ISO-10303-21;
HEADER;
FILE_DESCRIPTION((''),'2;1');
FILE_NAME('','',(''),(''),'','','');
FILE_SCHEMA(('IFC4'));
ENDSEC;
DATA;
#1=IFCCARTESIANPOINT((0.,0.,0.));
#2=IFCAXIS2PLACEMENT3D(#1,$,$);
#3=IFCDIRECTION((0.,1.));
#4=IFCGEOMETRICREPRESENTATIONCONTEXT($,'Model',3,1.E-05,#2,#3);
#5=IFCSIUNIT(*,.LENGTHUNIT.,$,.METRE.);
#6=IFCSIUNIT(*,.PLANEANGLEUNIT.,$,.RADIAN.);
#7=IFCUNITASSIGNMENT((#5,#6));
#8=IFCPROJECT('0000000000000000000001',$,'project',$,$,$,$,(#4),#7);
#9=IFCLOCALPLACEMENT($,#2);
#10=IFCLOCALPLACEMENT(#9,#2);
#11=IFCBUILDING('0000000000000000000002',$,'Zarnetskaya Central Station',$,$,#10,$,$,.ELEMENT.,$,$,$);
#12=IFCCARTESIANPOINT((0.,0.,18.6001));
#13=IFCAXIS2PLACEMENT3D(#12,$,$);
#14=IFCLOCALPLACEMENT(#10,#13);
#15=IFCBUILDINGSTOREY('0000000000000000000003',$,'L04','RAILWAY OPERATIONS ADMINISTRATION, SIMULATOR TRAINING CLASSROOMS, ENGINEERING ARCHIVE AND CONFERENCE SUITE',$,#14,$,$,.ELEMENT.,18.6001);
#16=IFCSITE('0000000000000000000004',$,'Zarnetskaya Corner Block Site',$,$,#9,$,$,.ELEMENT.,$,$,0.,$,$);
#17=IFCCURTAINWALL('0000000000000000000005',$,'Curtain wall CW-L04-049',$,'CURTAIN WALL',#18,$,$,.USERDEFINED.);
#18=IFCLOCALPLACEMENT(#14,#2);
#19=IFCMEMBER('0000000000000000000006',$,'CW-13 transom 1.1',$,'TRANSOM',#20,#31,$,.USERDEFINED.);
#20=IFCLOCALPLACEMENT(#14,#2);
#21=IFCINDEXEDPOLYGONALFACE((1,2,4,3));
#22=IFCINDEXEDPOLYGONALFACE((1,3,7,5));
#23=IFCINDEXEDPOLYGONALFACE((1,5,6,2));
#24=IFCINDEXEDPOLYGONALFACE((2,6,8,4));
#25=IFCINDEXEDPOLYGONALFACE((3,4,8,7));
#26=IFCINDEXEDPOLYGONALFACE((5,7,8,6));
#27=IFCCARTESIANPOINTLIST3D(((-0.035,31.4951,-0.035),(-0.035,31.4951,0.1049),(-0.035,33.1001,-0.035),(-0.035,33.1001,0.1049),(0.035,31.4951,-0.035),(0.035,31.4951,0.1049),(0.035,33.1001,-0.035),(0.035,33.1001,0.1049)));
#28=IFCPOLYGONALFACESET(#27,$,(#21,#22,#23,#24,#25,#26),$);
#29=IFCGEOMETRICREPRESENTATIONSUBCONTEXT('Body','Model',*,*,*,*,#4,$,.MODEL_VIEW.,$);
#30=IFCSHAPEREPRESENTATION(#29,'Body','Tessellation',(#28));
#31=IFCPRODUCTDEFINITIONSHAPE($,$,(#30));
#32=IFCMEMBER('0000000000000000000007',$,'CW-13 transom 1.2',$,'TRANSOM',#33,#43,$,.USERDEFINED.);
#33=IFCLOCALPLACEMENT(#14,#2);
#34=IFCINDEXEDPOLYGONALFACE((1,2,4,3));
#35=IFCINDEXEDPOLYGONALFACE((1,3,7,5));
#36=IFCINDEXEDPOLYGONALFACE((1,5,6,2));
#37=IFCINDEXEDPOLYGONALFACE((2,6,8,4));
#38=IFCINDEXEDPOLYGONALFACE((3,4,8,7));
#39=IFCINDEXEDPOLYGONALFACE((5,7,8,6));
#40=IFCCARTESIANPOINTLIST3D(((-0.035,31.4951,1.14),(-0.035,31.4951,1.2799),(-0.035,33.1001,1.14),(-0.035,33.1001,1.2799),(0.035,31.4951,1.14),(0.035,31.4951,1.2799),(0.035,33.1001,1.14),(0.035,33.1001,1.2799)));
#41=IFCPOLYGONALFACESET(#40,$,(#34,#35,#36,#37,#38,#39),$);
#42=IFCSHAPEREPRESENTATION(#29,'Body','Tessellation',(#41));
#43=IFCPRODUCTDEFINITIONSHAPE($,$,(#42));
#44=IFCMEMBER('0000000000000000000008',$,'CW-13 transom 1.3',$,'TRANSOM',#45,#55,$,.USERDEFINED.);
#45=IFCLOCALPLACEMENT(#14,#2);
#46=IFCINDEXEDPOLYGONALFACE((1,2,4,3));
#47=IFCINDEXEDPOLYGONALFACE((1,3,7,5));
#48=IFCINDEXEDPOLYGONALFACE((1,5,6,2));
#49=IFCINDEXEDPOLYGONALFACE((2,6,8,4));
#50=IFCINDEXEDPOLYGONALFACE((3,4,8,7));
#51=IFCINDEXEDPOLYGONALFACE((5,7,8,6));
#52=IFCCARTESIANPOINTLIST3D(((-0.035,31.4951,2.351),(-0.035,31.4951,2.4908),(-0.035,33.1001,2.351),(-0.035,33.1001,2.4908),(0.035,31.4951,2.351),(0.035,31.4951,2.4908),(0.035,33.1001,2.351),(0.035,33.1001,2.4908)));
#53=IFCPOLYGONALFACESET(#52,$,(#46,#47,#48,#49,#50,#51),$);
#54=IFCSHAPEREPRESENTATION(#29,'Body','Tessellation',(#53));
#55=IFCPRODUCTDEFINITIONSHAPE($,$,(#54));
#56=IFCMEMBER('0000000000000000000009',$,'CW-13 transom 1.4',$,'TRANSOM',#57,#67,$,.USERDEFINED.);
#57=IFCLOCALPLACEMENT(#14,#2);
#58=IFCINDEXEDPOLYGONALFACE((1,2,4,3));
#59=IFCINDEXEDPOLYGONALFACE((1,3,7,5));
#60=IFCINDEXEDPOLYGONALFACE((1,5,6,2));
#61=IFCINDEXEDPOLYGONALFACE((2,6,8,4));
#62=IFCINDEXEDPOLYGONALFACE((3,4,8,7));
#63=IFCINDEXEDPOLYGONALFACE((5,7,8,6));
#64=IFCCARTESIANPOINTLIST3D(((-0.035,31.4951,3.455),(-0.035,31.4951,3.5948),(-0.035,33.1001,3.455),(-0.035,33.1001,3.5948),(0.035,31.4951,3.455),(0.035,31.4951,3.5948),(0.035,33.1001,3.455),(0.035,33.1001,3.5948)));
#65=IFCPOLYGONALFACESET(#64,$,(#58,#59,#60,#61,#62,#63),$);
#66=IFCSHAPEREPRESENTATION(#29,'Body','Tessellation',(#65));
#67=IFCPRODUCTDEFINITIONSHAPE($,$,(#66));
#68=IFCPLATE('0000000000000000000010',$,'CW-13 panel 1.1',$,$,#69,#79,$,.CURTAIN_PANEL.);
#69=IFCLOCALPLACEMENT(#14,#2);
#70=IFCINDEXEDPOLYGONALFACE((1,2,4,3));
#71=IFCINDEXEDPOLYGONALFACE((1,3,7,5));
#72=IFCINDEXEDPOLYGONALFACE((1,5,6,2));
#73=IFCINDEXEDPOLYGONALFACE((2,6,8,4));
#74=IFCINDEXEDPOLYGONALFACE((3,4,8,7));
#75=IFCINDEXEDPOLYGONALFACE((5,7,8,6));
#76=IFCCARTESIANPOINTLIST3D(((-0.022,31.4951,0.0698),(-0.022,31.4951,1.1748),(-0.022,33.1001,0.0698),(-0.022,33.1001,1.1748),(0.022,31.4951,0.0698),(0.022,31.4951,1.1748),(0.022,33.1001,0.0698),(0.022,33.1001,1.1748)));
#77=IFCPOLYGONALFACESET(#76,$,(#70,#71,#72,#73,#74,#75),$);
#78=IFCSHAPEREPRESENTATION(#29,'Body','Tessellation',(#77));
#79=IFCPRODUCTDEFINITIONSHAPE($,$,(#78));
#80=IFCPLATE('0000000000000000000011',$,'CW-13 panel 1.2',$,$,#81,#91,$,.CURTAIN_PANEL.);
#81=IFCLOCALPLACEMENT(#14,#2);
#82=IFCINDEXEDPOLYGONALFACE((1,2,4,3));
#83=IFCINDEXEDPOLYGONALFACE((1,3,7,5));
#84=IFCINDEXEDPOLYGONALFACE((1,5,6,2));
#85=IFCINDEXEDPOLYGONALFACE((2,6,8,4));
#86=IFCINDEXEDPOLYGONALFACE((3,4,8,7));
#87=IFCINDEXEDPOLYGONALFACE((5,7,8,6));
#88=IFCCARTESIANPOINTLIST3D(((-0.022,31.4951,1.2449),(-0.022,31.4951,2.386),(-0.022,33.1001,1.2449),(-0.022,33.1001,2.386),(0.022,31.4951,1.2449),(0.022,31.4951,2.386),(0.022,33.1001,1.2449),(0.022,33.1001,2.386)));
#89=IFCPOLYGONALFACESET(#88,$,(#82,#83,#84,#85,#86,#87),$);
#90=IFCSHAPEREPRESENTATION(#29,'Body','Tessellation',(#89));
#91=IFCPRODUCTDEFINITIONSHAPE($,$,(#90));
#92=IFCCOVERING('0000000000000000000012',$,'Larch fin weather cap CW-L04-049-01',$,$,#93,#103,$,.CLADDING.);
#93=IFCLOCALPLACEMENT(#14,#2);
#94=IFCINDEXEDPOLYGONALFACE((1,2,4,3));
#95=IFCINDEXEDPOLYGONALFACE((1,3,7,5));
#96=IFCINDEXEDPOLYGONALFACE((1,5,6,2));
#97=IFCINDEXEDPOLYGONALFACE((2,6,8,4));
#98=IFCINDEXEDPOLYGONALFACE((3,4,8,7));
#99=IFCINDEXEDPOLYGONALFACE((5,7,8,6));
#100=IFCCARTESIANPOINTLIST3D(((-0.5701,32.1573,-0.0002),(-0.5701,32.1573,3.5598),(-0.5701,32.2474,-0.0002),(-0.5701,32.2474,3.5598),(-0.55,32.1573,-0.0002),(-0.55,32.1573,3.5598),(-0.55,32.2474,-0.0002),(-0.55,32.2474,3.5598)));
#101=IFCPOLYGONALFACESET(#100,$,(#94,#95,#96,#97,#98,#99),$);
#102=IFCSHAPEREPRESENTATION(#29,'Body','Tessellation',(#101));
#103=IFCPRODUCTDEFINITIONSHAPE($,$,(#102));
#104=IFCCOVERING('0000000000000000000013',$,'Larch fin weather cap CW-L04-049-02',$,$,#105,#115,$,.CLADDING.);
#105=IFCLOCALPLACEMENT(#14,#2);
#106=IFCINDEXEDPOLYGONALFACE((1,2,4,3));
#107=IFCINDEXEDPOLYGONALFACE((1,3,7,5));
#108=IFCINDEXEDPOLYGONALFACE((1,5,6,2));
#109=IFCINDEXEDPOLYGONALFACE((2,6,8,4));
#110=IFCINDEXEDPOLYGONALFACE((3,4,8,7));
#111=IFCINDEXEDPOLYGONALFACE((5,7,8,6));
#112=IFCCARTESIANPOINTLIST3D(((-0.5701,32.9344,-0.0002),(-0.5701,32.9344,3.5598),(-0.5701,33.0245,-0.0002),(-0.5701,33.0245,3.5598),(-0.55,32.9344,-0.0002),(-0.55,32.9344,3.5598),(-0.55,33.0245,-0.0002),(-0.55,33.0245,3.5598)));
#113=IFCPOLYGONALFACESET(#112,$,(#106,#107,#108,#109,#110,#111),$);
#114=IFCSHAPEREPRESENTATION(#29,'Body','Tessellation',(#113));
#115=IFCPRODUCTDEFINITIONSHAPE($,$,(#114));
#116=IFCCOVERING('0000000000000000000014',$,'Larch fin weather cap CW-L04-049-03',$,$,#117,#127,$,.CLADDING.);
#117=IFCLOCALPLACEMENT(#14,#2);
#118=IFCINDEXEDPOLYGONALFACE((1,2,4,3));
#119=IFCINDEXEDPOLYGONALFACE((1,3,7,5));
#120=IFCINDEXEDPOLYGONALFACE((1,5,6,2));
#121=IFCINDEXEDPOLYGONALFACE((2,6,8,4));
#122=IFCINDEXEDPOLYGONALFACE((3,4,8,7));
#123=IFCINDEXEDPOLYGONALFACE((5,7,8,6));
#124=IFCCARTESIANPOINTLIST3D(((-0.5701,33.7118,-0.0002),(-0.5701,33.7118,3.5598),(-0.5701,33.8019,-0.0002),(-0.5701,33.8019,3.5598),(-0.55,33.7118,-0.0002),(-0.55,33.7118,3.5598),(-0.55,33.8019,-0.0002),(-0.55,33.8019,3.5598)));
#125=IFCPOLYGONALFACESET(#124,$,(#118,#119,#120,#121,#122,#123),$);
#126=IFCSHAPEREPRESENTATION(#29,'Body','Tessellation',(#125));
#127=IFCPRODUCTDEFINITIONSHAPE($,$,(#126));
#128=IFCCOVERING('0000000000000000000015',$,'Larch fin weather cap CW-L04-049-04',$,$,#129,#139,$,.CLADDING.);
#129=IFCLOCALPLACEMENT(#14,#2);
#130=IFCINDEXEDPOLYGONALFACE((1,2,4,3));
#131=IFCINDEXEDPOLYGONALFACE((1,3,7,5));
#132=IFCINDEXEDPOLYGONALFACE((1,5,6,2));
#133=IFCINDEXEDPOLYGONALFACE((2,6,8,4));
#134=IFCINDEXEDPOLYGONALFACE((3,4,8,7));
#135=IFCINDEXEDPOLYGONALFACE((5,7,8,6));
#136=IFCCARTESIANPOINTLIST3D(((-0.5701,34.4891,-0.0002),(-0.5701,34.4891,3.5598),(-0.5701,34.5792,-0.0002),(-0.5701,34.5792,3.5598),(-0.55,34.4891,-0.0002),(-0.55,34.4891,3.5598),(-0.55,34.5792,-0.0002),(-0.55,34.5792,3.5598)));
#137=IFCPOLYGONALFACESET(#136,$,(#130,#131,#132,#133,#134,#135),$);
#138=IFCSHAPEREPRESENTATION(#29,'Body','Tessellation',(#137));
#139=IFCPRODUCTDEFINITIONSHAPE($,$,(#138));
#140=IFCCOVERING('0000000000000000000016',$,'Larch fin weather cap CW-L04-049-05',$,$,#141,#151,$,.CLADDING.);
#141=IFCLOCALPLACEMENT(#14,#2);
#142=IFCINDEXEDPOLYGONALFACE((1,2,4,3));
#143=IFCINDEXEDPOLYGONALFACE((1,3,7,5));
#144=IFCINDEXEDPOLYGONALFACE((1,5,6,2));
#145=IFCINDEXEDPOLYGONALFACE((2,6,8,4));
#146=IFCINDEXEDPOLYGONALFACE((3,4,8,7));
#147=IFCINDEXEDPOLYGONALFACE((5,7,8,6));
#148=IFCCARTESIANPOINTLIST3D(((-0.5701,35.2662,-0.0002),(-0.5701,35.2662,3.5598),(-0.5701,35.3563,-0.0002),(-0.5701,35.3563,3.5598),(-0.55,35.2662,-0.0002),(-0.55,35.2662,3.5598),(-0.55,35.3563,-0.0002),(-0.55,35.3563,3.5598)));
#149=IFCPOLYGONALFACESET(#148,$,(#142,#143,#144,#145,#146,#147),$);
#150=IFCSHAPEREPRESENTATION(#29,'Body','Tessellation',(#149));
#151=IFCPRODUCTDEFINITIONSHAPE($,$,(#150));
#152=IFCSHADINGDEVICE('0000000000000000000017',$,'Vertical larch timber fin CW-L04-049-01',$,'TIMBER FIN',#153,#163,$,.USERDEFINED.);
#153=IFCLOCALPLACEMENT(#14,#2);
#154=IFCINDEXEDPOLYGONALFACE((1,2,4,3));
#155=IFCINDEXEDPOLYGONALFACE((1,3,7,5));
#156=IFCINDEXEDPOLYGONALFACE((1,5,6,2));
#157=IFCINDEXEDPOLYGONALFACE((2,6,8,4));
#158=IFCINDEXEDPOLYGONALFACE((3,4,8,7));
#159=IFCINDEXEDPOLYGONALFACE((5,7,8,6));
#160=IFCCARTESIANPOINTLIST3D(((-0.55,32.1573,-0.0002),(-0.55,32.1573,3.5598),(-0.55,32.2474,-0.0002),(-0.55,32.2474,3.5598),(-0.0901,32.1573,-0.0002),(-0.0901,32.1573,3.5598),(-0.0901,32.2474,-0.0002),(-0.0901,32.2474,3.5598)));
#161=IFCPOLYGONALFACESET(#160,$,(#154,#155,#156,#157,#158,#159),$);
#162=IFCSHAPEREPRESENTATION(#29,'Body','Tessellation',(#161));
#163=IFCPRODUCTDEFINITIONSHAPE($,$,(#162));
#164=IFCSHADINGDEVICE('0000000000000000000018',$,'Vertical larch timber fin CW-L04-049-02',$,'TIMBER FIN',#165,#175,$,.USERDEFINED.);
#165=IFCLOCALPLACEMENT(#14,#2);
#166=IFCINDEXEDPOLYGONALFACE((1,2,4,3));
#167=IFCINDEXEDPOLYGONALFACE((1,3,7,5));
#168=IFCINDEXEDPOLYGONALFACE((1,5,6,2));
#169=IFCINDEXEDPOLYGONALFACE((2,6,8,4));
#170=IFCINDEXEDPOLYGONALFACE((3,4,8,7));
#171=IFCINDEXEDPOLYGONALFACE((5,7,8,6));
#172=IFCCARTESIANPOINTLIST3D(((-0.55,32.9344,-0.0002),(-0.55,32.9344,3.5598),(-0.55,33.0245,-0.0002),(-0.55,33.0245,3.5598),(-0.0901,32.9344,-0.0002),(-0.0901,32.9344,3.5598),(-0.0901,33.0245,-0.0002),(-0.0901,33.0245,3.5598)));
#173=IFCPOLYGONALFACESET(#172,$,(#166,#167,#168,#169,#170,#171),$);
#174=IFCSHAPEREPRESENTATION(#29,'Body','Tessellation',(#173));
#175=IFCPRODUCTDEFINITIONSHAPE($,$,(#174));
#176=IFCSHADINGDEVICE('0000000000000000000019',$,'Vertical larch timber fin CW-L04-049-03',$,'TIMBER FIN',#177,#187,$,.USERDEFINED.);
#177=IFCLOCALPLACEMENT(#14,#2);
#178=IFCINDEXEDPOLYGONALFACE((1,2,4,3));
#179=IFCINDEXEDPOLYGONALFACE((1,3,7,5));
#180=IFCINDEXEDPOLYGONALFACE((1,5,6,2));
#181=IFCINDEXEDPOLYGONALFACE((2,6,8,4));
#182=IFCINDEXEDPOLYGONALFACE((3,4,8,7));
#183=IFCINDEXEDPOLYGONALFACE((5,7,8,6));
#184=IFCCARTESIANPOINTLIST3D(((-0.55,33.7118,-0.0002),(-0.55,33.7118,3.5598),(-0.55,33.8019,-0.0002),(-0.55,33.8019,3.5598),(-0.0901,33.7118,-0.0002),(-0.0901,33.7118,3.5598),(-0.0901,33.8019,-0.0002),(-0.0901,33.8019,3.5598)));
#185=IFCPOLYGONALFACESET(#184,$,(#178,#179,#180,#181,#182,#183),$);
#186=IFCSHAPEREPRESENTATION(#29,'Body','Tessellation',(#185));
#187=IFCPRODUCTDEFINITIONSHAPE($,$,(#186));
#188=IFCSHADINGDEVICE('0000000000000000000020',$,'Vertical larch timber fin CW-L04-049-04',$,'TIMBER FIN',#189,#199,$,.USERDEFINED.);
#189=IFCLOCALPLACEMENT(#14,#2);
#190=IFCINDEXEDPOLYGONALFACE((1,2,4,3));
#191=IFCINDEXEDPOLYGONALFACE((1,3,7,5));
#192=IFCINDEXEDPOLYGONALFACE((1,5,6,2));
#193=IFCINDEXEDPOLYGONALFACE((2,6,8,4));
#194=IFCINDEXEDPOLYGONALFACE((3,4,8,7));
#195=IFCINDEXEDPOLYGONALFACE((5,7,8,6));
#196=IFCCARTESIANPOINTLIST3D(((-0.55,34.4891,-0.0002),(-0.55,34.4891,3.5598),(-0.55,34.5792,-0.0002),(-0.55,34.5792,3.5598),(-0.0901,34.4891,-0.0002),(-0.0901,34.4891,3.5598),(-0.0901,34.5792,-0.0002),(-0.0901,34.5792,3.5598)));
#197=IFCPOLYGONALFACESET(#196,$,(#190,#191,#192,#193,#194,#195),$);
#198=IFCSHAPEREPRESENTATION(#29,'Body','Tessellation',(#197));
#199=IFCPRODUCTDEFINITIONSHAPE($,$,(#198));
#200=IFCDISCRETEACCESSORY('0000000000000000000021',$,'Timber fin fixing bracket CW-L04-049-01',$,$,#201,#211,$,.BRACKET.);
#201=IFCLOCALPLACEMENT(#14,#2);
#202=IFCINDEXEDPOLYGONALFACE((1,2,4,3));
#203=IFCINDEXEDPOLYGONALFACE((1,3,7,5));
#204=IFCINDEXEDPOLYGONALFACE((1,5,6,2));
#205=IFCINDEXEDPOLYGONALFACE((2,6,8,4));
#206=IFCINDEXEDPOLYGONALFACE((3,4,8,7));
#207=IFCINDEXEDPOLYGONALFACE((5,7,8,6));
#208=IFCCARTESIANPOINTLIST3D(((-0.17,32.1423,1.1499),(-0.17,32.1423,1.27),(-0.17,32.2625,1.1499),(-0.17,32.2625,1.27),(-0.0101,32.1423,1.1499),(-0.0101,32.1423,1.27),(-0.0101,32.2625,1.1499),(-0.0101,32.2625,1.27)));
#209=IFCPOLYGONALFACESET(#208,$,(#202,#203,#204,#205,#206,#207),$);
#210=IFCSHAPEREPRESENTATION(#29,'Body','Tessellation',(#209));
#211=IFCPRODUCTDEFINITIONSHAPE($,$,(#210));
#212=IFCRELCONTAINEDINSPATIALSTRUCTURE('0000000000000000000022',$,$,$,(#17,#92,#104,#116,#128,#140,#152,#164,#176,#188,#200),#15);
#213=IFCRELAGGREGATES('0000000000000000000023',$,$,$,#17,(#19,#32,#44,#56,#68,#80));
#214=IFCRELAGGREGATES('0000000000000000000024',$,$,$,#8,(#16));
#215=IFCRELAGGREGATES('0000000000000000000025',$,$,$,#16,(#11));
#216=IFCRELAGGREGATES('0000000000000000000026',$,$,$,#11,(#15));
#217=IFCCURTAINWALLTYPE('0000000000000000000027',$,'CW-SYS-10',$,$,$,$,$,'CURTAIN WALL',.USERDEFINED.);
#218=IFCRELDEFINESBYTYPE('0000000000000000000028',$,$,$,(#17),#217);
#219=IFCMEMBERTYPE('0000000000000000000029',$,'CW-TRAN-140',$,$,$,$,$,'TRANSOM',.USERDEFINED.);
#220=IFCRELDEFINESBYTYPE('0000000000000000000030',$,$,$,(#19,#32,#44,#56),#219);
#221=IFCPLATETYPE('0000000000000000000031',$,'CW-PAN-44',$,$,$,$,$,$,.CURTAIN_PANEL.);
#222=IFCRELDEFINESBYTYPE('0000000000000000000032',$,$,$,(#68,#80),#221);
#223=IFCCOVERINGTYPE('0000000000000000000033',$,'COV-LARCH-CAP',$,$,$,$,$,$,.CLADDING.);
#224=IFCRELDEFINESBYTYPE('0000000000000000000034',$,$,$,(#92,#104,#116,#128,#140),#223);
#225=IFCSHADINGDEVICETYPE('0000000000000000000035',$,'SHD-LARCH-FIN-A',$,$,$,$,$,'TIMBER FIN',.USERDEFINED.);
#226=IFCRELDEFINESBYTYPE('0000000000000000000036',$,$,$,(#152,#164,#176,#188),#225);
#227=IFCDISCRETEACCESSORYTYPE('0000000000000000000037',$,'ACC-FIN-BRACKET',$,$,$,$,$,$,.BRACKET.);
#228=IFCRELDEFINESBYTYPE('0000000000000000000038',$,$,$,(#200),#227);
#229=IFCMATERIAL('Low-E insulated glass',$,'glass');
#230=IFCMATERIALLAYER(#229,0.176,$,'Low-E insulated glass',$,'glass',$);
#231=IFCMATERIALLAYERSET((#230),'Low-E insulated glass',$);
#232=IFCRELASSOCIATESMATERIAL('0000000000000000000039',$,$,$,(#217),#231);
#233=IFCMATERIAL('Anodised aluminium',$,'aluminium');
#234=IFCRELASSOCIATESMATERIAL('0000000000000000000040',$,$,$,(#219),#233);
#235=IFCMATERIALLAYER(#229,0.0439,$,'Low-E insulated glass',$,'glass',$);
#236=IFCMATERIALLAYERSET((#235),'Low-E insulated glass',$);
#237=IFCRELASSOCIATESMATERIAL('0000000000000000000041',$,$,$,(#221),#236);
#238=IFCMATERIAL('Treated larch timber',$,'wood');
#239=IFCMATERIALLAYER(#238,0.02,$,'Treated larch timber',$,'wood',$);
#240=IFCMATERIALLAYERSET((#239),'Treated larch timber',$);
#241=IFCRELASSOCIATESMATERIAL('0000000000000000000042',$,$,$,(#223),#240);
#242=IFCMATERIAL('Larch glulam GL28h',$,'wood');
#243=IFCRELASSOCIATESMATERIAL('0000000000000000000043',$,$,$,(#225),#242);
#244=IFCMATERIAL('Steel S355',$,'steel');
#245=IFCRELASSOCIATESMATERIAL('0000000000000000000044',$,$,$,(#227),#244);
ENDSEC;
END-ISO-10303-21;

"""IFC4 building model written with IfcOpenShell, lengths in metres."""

from ifc_helpers import new_model, si_unit, direction, frame, origin, origin_2d, place, context, subcontext, project, spatial, rectangle, extrude, material, layer, layer_set, material_profile, profile_set, type_object, element, aggregate, save


model = new_model("IFC4")

# Units and contexts
model_context = context("Model", 3, precision=1e-05, world=origin(), true_north=direction((0.0, 1.0)))
body_context = subcontext(model_context, "Body", "Model", "MODEL_VIEW")
ifc_project = project(units=[si_unit("LENGTHUNIT", "METRE"), si_unit("PLANEANGLEUNIT", "RADIAN")], contexts=[model_context])

# Site, building, storey
site_placement = place(None, origin())
site = spatial("IfcSite", under=ifc_project, at=site_placement, Name="Zarnetskaya Corner Block Site", CompositionType="ELEMENT", RefElevation=0.0)
building_placement = place(site_placement, origin())
building = spatial("IfcBuilding", under=site, at=building_placement, Name="Zarnetskaya Central Station", CompositionType="ELEMENT")
storey_placement = place(building_placement, frame((0.0, 0.0, 18.6001)))
storey = spatial("IfcBuildingStorey", under=building, at=storey_placement, Name="L04", Description="RAILWAY OPERATIONS ADMINISTRATION, SIMULATOR TRAINING CLASSROOMS, ENGINEERING ARCHIVE AND CONFERENCE SUITE", CompositionType="ELEMENT", Elevation=18.6001)

# Curtain wall, members, plates
ifc_material_1 = material(Name="Low-E insulated glass", Category="glass")
ifc_layer_1 = layer(ifc_material_1, 0.176, Name="Low-E insulated glass", Category="glass")
ifc_layer_set_1 = layer_set([ifc_layer_1], Name="Low-E insulated glass")
curtain_wall_type = type_object("IfcCurtainWallType", Name="CW-SYS-10", ElementType="CURTAIN WALL", PredefinedType="USERDEFINED", material=ifc_layer_set_1)
curtain_wall_placement = place(storey_placement, origin())
curtain_wall = element("IfcCurtainWall", 1, at=curtain_wall_placement, inside=storey, type_object=curtain_wall_type, Name="Curtain wall CW-L04-049", ObjectType="CURTAIN WALL", PredefinedType="USERDEFINED")
ifc_material_2 = material(Name="Anodised aluminium", Category="aluminium")
ifc_material_profile = material_profile(ifc_material_2, rectangle(XDim=0.0701, YDim=0.1399, at=origin_2d()), Name="ALU TRAN 70x140")
ifc_profile_set = profile_set([ifc_material_profile], Name="Anodised aluminium")
member_type = type_object("IfcMemberType", Name="CW-TRAN-140", ElementType="TRANSOM", PredefinedType="USERDEFINED", material=ifc_profile_set)
member_1_placement = place(storey_placement, frame((0.0, 31.4951, 0.0349), z_axis=(0.0, 1.0, 0.0), x_axis=(-1.0, 0.0, 0.0)))
member_1 = element("IfcMember", 2, at=member_1_placement, type_object=member_type, Name="CW-13 transom 1.1", ObjectType="TRANSOM", PredefinedType="USERDEFINED", context=body_context, shape_type="SweptSolid", body=[
    extrude(rectangle(XDim=0.0701, YDim=0.1399, at=origin_2d()), origin(), (0.0, 0.0, 1.0), 1.605),
])
member_2_placement = place(storey_placement, frame((0.0, 31.4951, 1.21), z_axis=(0.0, 1.0, 0.0), x_axis=(-1.0, 0.0, 0.0)))
member_2 = element("IfcMember", 3, at=member_2_placement, type_object=member_type, Name="CW-13 transom 1.2", ObjectType="TRANSOM", PredefinedType="USERDEFINED", context=body_context, shape_type="SweptSolid", body=[
    extrude(rectangle(XDim=0.0701, YDim=0.1399, at=origin_2d()), origin(), (0.0, 0.0, 1.0), 1.605),
])
member_3_placement = place(storey_placement, frame((0.0, 31.4951, 2.4209), z_axis=(0.0, 1.0, 0.0), x_axis=(-1.0, 0.0, 0.0)))
member_3 = element("IfcMember", 4, at=member_3_placement, type_object=member_type, Name="CW-13 transom 1.3", ObjectType="TRANSOM", PredefinedType="USERDEFINED", context=body_context, shape_type="SweptSolid", body=[
    extrude(rectangle(XDim=0.0701, YDim=0.1399, at=origin_2d()), origin(), (0.0, 0.0, 1.0), 1.605),
])
member_4_placement = place(storey_placement, frame((0.0, 31.4951, 3.5249), z_axis=(0.0, 1.0, 0.0), x_axis=(-1.0, 0.0, 0.0)))
member_4 = element("IfcMember", 5, at=member_4_placement, type_object=member_type, Name="CW-13 transom 1.4", ObjectType="TRANSOM", PredefinedType="USERDEFINED", context=body_context, shape_type="SweptSolid", body=[
    extrude(rectangle(XDim=0.0701, YDim=0.1399, at=origin_2d()), origin(), (0.0, 0.0, 1.0), 1.605),
])
ifc_layer_2 = layer(ifc_material_1, 0.0439, Name="Low-E insulated glass", Category="glass")
ifc_layer_set_2 = layer_set([ifc_layer_2], Name="Low-E insulated glass")
plate_type = type_object("IfcPlateType", Name="CW-PAN-44", PredefinedType="CURTAIN_PANEL", material=ifc_layer_set_2)
plate_1_placement = place(storey_placement, frame((0.0, 32.2976, 0.0698), z_axis=(0.0, 0.0, 1.0), x_axis=(0.0, 1.0, 0.0)))
plate_1 = element("IfcPlate", 6, at=plate_1_placement, type_object=plate_type, Name="CW-13 panel 1.1", PredefinedType="CURTAIN_PANEL", context=body_context, shape_type="SweptSolid", body=[
    extrude(rectangle(XDim=1.605, YDim=0.0439, at=origin_2d()), origin(), (0.0, 0.0, 1.0), 1.105),
])
plate_2_placement = place(storey_placement, frame((0.0, 32.2976, 1.2449), z_axis=(0.0, 0.0, 1.0), x_axis=(0.0, 1.0, 0.0)))
plate_2 = element("IfcPlate", 7, at=plate_2_placement, type_object=plate_type, Name="CW-13 panel 1.2", PredefinedType="CURTAIN_PANEL", context=body_context, shape_type="SweptSolid", body=[
    extrude(rectangle(XDim=1.605, YDim=0.0439, at=origin_2d()), origin(), (0.0, 0.0, 1.0), 1.1411),
])
aggregate(curtain_wall, [member_1, member_2, member_3, member_4, plate_1, plate_2])

# Coverings
ifc_material_3 = material(Name="Treated larch timber", Category="wood")
ifc_layer_3 = layer(ifc_material_3, 0.02, Name="Treated larch timber", Category="wood")
ifc_layer_set_3 = layer_set([ifc_layer_3], Name="Treated larch timber")
covering_type = type_object("IfcCoveringType", Name="COV-LARCH-CAP", PredefinedType="CLADDING", material=ifc_layer_set_3)
for number, where, z_axis, x_axis, name in (
    (8, (-0.5601, 32.2024, -0.0002), (0.0, 0.0, 1.0), (0.0, 1.0, 0.0), "Larch fin weather cap CW-L04-049-01"),
    (9, (-0.5601, 32.9795, -0.0002), (0.0, 0.0, 1.0), (0.0, 1.0, 0.0), "Larch fin weather cap CW-L04-049-02"),
    (10, (-0.5601, 33.7568, -0.0002), (0.0, 0.0, 1.0), (0.0, 1.0, 0.0), "Larch fin weather cap CW-L04-049-03"),
    (11, (-0.5601, 34.5342, -0.0002), (0.0, 0.0, 1.0), (0.0, 1.0, 0.0), "Larch fin weather cap CW-L04-049-04"),
    (12, (-0.5601, 35.3113, -0.0002), (0.0, 0.0, 1.0), (0.0, 1.0, 0.0), "Larch fin weather cap CW-L04-049-05"),
):
    element("IfcCovering", number, at=place(storey_placement, frame(where, z_axis=z_axis, x_axis=x_axis)), inside=storey, type_object=covering_type, Name=name, PredefinedType="CLADDING", context=body_context, shape_type="SweptSolid", body=[
        extrude(rectangle(XDim=0.0901, YDim=0.02, at=origin_2d()), origin(), (0.0, 0.0, 1.0), 3.5601),
    ])

# Shading devices
ifc_material_4 = material(Name="Larch glulam GL28h", Category="wood")
shading_device_type = type_object("IfcShadingDeviceType", Name="SHD-LARCH-FIN-A", ElementType="TIMBER FIN", PredefinedType="USERDEFINED", material=ifc_material_4)
for number, where, z_axis, x_axis, name in (
    (13, (-0.3201, 32.2024, -0.0002), (0.0, 0.0, 1.0), (0.0, 1.0, 0.0), "Vertical larch timber fin CW-L04-049-01"),
    (14, (-0.3201, 32.9795, -0.0002), (0.0, 0.0, 1.0), (0.0, 1.0, 0.0), "Vertical larch timber fin CW-L04-049-02"),
    (15, (-0.3201, 33.7568, -0.0002), (0.0, 0.0, 1.0), (0.0, 1.0, 0.0), "Vertical larch timber fin CW-L04-049-03"),
    (16, (-0.3201, 34.5342, -0.0002), (0.0, 0.0, 1.0), (0.0, 1.0, 0.0), "Vertical larch timber fin CW-L04-049-04"),
):
    element("IfcShadingDevice", number, at=place(storey_placement, frame(where, z_axis=z_axis, x_axis=x_axis)), inside=storey, type_object=shading_device_type, Name=name, ObjectType="TIMBER FIN", PredefinedType="USERDEFINED", context=body_context, shape_type="SweptSolid", body=[
        extrude(rectangle(XDim=0.0901, YDim=0.46, at=origin_2d()), origin(), (0.0, 0.0, 1.0), 3.5601),
    ])

# Discrete accessory
ifc_material_5 = material(Name="Steel S355", Category="steel")
discrete_accessory_type = type_object("IfcDiscreteAccessoryType", Name="ACC-FIN-BRACKET", PredefinedType="BRACKET", material=ifc_material_5)
for number, where, z_axis, x_axis, name in (
    (17, (-0.0901, 32.2024, 1.1499), (0.0, 0.0, 1.0), (0.0, 1.0, 0.0), "Timber fin fixing bracket CW-L04-049-01"),
):
    element("IfcDiscreteAccessory", number, at=place(storey_placement, frame(where, z_axis=z_axis, x_axis=x_axis)), inside=storey, type_object=discrete_accessory_type, Name=name, PredefinedType="BRACKET", context=body_context, shape_type="SweptSolid", body=[
        extrude(rectangle(XDim=0.1201, YDim=0.1599, at=origin_2d()), origin(), (0.0, 0.0, 1.0), 0.1201),
    ])

save(model, "model.ifc")
